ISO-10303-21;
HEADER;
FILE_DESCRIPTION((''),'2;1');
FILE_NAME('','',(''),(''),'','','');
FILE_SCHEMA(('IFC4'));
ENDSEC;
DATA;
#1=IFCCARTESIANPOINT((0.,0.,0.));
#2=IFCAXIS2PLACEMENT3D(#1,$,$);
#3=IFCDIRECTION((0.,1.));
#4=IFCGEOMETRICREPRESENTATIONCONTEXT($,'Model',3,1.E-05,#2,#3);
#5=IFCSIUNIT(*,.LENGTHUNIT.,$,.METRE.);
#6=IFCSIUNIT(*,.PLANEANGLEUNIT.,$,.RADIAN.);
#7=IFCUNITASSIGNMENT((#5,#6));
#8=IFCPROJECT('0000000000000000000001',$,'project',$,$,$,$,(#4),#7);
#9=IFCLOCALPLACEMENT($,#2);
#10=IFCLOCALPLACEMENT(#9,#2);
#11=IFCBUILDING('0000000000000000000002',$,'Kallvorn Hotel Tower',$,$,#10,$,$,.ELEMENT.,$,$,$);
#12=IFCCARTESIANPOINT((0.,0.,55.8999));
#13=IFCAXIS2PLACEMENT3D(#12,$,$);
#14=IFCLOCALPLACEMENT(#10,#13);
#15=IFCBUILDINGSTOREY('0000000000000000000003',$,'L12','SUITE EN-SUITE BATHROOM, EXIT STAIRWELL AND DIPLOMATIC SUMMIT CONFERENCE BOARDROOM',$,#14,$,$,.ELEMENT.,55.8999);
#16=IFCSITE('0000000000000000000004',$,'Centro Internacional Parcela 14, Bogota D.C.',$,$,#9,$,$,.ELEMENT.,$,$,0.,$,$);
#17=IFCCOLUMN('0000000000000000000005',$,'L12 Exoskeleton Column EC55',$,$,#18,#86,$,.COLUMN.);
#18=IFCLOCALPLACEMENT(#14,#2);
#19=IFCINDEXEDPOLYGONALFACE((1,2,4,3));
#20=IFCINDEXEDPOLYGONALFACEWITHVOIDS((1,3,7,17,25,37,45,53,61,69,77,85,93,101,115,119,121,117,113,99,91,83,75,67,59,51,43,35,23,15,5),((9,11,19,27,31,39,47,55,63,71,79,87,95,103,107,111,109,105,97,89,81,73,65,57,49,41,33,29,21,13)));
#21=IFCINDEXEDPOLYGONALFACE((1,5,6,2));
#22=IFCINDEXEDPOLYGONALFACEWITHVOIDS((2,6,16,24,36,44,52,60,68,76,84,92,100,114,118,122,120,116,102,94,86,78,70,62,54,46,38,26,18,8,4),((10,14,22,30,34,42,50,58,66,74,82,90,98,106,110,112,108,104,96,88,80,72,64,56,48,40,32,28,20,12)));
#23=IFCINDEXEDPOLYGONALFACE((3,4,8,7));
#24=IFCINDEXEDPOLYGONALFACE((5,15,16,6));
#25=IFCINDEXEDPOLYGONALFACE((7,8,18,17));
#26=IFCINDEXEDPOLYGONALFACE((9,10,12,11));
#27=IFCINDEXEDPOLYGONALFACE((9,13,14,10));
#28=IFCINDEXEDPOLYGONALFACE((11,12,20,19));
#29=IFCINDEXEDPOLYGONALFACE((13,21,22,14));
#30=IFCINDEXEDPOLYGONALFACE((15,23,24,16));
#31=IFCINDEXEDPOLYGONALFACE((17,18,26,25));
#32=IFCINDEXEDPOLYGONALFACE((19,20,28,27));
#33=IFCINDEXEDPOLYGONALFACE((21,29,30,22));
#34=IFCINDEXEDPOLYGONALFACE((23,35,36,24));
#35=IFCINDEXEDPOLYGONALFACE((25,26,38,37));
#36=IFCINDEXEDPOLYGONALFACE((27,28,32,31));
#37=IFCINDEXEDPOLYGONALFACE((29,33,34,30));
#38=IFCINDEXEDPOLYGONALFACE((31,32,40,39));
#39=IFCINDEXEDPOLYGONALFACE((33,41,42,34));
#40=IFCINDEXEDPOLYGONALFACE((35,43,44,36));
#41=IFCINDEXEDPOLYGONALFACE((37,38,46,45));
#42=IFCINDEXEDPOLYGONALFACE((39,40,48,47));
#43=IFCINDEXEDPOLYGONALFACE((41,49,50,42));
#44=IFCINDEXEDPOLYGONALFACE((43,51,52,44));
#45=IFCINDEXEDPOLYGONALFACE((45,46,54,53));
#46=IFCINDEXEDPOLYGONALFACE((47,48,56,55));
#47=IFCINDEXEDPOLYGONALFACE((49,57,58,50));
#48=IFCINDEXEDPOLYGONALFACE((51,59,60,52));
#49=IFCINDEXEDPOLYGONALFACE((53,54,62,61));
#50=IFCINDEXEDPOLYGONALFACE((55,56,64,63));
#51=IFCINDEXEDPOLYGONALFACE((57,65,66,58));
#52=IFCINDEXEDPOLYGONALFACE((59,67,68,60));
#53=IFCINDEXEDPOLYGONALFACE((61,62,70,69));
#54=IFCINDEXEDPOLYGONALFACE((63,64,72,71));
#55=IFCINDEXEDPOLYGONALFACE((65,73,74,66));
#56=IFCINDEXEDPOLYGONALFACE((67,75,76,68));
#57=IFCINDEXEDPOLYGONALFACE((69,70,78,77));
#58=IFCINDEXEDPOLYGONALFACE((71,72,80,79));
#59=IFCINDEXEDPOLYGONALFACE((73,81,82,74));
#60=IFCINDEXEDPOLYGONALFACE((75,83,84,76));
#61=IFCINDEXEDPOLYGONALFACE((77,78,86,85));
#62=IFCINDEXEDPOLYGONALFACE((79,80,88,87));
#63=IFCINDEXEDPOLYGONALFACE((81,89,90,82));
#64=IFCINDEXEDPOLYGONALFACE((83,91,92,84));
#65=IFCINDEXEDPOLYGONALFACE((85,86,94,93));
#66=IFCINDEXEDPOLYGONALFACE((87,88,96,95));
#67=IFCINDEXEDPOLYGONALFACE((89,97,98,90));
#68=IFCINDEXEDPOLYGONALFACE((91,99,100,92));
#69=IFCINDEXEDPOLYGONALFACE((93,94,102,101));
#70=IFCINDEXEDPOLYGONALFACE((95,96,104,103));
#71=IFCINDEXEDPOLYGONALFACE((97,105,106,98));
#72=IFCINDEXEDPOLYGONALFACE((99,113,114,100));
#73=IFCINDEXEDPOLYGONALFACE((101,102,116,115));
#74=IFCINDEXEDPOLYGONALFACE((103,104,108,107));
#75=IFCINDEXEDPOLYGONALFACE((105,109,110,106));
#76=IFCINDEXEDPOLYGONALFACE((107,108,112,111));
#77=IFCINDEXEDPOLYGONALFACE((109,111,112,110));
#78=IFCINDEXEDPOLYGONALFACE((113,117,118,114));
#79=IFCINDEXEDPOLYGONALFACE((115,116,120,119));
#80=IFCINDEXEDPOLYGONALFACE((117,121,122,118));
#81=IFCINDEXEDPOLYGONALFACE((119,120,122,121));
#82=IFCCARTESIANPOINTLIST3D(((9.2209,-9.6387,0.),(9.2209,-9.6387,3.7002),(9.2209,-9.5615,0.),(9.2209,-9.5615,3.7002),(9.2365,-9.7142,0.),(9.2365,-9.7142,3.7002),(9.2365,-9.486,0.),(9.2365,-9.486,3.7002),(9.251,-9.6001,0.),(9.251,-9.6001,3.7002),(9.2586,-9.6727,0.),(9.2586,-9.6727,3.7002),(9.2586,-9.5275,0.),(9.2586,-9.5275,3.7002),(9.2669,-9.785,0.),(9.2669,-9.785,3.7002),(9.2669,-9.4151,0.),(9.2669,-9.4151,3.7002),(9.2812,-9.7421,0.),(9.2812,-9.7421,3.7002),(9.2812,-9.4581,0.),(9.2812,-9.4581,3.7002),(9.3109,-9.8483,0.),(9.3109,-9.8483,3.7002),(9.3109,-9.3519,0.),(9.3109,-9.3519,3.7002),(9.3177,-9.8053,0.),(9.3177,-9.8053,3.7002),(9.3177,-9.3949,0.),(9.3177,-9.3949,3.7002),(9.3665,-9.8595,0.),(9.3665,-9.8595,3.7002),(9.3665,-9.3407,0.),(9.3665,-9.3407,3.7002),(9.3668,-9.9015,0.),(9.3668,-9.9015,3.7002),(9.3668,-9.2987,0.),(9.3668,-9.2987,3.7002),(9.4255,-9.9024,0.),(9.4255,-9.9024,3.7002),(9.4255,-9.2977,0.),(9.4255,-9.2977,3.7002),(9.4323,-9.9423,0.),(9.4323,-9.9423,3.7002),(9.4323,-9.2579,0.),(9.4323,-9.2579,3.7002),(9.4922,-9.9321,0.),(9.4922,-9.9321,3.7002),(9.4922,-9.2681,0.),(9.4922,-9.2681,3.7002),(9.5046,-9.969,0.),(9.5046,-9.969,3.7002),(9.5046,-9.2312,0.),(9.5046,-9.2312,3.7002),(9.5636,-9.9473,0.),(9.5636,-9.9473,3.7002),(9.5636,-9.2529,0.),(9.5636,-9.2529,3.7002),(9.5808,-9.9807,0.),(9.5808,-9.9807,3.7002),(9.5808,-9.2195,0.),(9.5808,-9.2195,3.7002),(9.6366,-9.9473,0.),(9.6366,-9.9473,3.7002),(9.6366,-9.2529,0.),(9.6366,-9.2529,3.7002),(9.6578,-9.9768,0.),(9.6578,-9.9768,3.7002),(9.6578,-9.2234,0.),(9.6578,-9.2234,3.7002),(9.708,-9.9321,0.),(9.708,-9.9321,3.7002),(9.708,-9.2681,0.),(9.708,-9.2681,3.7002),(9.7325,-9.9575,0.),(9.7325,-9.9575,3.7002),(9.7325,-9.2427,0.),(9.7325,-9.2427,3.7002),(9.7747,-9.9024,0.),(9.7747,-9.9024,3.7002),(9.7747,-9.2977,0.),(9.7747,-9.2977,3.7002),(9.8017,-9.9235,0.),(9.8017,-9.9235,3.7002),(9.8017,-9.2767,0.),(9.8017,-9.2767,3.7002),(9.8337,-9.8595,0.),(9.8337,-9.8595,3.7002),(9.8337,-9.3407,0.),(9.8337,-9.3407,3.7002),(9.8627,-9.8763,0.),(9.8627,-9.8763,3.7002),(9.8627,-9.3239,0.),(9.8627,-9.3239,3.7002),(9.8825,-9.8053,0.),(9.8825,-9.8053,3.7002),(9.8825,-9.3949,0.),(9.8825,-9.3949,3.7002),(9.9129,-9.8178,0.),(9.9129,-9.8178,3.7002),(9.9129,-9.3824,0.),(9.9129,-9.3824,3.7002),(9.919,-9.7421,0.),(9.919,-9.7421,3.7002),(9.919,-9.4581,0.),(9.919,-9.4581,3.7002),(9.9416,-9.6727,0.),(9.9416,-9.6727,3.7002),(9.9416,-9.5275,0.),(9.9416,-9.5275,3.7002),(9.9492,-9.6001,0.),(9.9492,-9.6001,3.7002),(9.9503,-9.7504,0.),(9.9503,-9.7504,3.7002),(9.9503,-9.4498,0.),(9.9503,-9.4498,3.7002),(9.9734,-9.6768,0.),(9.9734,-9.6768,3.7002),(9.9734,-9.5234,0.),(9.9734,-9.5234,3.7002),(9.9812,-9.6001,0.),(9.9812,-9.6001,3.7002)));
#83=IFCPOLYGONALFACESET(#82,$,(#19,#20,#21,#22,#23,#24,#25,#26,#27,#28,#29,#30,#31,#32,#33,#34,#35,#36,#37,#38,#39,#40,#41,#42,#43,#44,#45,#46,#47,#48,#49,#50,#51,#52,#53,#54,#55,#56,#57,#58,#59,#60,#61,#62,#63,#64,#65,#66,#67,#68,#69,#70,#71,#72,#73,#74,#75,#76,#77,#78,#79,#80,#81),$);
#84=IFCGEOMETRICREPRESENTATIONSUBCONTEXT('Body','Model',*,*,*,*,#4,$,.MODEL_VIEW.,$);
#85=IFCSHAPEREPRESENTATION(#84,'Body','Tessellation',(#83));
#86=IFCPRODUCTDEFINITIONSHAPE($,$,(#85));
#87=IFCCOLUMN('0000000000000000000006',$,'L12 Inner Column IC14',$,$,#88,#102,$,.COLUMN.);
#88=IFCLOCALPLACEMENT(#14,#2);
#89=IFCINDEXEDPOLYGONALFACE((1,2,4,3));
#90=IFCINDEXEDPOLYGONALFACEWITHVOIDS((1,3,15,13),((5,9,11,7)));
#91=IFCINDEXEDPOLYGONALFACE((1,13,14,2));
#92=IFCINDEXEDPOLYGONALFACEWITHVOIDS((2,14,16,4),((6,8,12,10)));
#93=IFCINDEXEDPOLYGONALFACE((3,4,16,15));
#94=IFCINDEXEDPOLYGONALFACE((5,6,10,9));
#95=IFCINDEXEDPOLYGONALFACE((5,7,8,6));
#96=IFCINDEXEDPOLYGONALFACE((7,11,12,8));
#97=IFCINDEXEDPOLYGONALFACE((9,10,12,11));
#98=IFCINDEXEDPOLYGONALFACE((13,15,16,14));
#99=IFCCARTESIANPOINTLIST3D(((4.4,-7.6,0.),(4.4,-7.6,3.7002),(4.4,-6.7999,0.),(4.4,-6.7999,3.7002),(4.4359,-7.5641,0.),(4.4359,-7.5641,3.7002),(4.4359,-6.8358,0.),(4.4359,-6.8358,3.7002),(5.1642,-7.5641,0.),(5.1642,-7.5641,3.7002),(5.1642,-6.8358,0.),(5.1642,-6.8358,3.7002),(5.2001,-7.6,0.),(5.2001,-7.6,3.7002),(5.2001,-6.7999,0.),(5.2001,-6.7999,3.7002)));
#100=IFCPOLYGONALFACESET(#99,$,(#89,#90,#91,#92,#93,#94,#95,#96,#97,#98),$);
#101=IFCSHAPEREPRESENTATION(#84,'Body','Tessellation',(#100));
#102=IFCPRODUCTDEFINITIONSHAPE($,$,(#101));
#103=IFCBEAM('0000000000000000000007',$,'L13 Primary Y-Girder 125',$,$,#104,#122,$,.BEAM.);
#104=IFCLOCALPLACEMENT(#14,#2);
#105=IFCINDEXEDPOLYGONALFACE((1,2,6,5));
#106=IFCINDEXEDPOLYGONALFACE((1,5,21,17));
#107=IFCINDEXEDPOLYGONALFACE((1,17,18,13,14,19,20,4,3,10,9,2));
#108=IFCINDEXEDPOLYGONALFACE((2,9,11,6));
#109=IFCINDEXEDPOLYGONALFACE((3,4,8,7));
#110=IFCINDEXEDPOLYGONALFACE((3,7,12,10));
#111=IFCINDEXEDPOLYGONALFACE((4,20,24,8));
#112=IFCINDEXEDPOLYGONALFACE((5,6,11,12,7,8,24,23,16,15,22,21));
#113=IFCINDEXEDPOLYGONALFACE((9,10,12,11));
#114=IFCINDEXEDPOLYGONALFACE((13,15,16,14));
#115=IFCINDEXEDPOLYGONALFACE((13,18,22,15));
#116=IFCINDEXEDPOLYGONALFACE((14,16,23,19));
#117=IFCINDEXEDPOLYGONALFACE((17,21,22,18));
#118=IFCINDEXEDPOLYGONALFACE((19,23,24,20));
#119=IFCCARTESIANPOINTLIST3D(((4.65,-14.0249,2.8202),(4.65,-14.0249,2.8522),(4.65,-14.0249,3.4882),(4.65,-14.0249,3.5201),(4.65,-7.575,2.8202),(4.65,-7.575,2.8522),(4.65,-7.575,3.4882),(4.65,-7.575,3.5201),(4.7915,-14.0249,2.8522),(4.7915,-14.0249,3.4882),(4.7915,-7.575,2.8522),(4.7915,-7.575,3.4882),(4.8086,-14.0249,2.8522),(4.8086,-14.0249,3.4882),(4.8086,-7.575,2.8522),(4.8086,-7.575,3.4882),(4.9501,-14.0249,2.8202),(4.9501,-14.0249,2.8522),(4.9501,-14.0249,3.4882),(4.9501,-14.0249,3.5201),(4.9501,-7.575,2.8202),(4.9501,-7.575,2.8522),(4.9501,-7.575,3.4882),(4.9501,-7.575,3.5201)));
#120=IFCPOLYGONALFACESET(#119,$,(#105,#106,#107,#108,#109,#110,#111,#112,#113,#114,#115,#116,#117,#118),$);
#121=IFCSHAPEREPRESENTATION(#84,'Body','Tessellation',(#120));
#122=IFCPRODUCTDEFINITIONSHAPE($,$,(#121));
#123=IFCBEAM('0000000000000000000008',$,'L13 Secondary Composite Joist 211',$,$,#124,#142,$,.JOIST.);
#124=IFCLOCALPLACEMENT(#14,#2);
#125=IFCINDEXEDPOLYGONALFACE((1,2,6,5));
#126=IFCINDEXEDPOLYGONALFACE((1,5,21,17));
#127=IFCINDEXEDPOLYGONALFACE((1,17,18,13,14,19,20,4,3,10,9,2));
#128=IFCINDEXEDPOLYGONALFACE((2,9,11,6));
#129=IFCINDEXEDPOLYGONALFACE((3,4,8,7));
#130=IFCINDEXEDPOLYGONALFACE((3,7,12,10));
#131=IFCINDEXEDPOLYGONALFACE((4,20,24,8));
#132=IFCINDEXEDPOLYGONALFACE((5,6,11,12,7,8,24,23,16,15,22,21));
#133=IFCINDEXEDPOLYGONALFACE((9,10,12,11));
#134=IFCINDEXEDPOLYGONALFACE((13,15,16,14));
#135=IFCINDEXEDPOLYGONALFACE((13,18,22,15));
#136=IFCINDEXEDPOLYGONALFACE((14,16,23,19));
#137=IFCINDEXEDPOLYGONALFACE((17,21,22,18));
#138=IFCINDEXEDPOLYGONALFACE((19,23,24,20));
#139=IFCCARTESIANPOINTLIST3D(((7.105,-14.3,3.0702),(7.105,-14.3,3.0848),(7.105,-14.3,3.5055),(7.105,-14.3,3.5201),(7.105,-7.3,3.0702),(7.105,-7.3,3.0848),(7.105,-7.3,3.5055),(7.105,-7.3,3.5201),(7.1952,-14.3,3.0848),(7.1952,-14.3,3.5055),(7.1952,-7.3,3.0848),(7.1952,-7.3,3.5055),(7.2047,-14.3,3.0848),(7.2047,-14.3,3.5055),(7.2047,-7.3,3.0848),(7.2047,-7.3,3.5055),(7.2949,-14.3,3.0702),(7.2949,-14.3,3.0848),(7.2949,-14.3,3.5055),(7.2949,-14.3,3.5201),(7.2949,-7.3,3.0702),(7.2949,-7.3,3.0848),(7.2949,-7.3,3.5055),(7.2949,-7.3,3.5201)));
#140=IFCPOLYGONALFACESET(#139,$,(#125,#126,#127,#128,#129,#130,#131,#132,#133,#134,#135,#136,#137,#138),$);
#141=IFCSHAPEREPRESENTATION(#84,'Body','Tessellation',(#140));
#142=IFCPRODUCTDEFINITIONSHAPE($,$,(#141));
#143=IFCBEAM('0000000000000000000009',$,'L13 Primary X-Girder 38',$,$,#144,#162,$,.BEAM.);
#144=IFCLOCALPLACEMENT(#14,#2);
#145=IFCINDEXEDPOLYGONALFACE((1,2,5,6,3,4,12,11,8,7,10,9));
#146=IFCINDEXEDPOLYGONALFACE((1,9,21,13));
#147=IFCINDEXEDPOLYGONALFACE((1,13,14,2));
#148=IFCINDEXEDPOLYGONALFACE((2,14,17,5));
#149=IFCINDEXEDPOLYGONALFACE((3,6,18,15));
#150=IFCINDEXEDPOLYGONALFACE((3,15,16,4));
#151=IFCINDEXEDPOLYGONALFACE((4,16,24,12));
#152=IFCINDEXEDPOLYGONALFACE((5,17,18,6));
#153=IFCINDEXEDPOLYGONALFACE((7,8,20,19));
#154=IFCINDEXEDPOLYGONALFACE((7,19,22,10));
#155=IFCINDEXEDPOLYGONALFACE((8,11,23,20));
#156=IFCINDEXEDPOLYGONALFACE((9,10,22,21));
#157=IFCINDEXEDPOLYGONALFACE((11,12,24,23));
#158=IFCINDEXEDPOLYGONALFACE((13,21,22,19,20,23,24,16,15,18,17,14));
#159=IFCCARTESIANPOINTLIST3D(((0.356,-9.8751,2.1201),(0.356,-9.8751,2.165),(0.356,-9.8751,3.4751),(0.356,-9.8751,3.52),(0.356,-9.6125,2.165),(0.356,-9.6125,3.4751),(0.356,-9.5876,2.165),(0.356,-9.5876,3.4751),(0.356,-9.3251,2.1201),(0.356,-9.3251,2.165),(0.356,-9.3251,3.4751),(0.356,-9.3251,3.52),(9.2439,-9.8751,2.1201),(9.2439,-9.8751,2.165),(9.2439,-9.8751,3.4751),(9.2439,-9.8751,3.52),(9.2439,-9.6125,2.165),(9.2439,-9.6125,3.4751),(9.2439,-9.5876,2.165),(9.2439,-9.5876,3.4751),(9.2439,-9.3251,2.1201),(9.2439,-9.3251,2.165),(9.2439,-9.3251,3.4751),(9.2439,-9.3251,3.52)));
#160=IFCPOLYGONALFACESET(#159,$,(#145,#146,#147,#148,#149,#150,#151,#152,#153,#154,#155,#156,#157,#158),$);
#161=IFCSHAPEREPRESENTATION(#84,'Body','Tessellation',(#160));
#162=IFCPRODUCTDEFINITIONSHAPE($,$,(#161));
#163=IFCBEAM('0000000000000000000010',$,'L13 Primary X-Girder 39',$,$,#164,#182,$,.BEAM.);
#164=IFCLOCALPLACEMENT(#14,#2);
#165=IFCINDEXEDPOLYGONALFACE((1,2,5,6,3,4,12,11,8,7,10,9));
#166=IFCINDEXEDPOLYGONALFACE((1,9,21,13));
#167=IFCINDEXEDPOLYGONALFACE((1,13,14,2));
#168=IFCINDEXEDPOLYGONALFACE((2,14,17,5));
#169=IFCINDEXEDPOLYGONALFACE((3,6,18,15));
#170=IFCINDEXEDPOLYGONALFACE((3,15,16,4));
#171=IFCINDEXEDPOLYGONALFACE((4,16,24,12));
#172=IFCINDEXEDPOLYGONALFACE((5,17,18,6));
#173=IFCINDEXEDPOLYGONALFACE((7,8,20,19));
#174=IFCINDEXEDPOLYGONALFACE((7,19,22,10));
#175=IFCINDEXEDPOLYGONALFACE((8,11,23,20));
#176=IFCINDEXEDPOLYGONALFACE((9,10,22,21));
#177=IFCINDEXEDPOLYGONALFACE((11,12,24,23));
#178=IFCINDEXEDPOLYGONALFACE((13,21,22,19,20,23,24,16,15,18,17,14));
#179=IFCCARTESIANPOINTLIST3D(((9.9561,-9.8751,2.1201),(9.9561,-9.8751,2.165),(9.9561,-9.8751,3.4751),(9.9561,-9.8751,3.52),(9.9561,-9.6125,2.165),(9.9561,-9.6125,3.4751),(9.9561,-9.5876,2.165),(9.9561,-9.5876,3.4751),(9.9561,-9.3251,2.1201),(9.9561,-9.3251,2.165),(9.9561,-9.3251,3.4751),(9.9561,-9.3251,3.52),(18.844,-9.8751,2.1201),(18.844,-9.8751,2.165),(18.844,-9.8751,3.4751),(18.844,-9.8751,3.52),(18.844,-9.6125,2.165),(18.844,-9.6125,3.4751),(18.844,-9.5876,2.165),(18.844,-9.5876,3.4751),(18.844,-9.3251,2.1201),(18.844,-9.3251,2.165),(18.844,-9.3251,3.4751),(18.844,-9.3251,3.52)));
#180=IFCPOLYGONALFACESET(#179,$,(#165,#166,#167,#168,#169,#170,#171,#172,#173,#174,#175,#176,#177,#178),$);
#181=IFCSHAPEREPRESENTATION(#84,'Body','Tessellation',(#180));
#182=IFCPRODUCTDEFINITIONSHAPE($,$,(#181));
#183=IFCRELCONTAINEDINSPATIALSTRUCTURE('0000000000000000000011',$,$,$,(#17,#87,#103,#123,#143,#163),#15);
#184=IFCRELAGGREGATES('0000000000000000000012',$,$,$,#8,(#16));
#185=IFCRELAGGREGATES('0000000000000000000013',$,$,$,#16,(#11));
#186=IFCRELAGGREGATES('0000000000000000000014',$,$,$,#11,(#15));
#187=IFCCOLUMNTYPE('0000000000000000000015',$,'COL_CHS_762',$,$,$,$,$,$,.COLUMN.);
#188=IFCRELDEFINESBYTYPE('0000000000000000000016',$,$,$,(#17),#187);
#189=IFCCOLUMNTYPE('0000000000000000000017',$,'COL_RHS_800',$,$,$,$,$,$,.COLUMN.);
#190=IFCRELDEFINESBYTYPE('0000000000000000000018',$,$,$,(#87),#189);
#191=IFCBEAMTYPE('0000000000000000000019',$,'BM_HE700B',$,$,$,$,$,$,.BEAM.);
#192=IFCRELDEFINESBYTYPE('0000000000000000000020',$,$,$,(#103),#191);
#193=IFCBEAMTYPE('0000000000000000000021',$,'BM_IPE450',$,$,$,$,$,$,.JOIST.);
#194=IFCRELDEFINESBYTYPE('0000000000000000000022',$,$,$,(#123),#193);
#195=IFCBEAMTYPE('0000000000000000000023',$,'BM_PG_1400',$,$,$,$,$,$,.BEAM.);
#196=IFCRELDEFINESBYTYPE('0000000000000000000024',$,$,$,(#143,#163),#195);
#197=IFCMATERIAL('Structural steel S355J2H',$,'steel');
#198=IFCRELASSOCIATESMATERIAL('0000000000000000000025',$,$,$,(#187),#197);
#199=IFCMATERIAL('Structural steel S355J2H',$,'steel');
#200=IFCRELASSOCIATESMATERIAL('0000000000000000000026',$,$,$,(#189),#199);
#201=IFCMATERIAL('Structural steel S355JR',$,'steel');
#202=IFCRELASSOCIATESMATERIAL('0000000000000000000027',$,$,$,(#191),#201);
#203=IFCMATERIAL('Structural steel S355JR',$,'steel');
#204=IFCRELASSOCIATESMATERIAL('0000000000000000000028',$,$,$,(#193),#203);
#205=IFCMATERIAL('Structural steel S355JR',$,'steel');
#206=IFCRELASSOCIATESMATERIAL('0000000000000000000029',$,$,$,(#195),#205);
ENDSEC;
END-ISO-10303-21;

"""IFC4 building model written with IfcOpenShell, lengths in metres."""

from ifc_helpers import new_model, si_unit, direction, frame, origin, origin_2d, place, context, subcontext, project, spatial, hollow_rectangle, hollow_circle, i_section, extrude, material, material_profile, profile_set, type_object, element, save


model = new_model("IFC4")

# Units and contexts
model_context = context("Model", 3, precision=1e-05, world=origin(), true_north=direction((0.0, 1.0)))
body_context = subcontext(model_context, "Body", "Model", "MODEL_VIEW")
ifc_project = project(units=[si_unit("LENGTHUNIT", "METRE"), si_unit("PLANEANGLEUNIT", "RADIAN")], contexts=[model_context])

# Site, building, storey
site_placement = place(None, origin())
site = spatial("IfcSite", under=ifc_project, at=site_placement, Name="Centro Internacional Parcela 14, Bogota D.C.", CompositionType="ELEMENT", RefElevation=0.0)
building_placement = place(site_placement, origin())
building = spatial("IfcBuilding", under=site, at=building_placement, Name="Kallvorn Hotel Tower", CompositionType="ELEMENT")
storey_placement = place(building_placement, frame((0.0, 0.0, 55.8999)))
storey = spatial("IfcBuildingStorey", under=building, at=storey_placement, Name="L12", Description="SUITE EN-SUITE BATHROOM, EXIT STAIRWELL AND DIPLOMATIC SUMMIT CONFERENCE BOARDROOM", CompositionType="ELEMENT", Elevation=55.8999)

# Columns
ifc_material_1 = material(Name="Structural steel S355J2H", Category="steel")
ifc_material_profile_1 = material_profile(ifc_material_1, hollow_circle(Radius=0.3811, WallThickness=0.032, at=origin_2d()), Name="CHS 762x32")
ifc_profile_set_1 = profile_set([ifc_material_profile_1], Name="Structural steel S355J2H")
column_type_1 = type_object("IfcColumnType", Name="COL_CHS_762", PredefinedType="COLUMN", material=ifc_profile_set_1)
column_1_placement = place(storey_placement, frame((9.6001, -9.6001, 0.0), z_axis=(0.0, 0.0, 1.0), x_axis=(1.0, 0.0, 0.0)))
element("IfcColumn", 1, at=column_1_placement, inside=storey, type_object=column_type_1, Name="L12 Exoskeleton Column EC55", PredefinedType="COLUMN", context=body_context, shape_type="SweptSolid", body=[
    extrude(hollow_circle(Radius=0.3811, WallThickness=0.032, at=origin_2d()), origin(), (0.0, 0.0, 1.0), 3.7002),
])
ifc_material_2 = material(Name="Structural steel S355J2H", Category="steel")
ifc_material_profile_2 = material_profile(ifc_material_2, hollow_rectangle(XDim=0.8, YDim=0.8, WallThickness=0.0359, at=origin_2d()), Name="RHS 800x800x36")
ifc_profile_set_2 = profile_set([ifc_material_profile_2], Name="Structural steel S355J2H")
column_type_2 = type_object("IfcColumnType", Name="COL_RHS_800", PredefinedType="COLUMN", material=ifc_profile_set_2)
column_2_placement = place(storey_placement, frame((4.8, -7.2, 0.0), z_axis=(0.0, 0.0, 1.0), x_axis=(1.0, 0.0, 0.0)))
element("IfcColumn", 2, at=column_2_placement, inside=storey, type_object=column_type_2, Name="L12 Inner Column IC14", PredefinedType="COLUMN", context=body_context, shape_type="SweptSolid", body=[
    extrude(hollow_rectangle(XDim=0.8, YDim=0.8, WallThickness=0.0359, at=origin_2d()), origin(), (0.0, 0.0, 1.0), 3.7002),
])

# Beams
ifc_material_3 = material(Name="Structural steel S355JR", Category="steel")
ifc_material_profile_3 = material_profile(ifc_material_3, i_section(OverallWidth=0.3, OverallDepth=0.7, WebThickness=0.0171, FlangeThickness=0.032, at=origin_2d()), Name="HE 700 B")
ifc_profile_set_3 = profile_set([ifc_material_profile_3], Name="Structural steel S355JR")
beam_type_1 = type_object("IfcBeamType", Name="BM_HE700B", PredefinedType="BEAM", material=ifc_profile_set_3)
beam_1_placement = place(storey_placement, frame((4.8, -14.0249, 3.1702), z_axis=(0.0, 1.0, 0.0), x_axis=(-1.0, 0.0, 0.0)))
element("IfcBeam", 3, at=beam_1_placement, inside=storey, type_object=beam_type_1, Name="L13 Primary Y-Girder 125", PredefinedType="BEAM", context=body_context, shape_type="SweptSolid", body=[
    extrude(i_section(OverallWidth=0.3, OverallDepth=0.7, WebThickness=0.0171, FlangeThickness=0.032, at=origin_2d()), origin(), (0.0, 0.0, 1.0), 6.45),
])
ifc_material_4 = material(Name="Structural steel S355JR", Category="steel")
ifc_material_profile_4 = material_profile(ifc_material_4, i_section(OverallWidth=0.1899, OverallDepth=0.45, WebThickness=0.0095, FlangeThickness=0.0146, at=origin_2d()), Name="IPE 450")
ifc_profile_set_4 = profile_set([ifc_material_profile_4], Name="Structural steel S355JR")
beam_type_2 = type_object("IfcBeamType", Name="BM_IPE450", PredefinedType="JOIST", material=ifc_profile_set_4)
beam_2_placement = place(storey_placement, frame((7.2, -14.3, 3.2952), z_axis=(0.0, 1.0, 0.0), x_axis=(-1.0, 0.0, 0.0)))
element("IfcBeam", 4, at=beam_2_placement, inside=storey, type_object=beam_type_2, Name="L13 Secondary Composite Joist 211", PredefinedType="JOIST", context=body_context, shape_type="SweptSolid", body=[
    extrude(i_section(OverallWidth=0.1899, OverallDepth=0.45, WebThickness=0.0095, FlangeThickness=0.0146, at=origin_2d()), origin(), (0.0, 0.0, 1.0), 7.0),
])
ifc_material_5 = material(Name="Structural steel S355JR", Category="steel")
ifc_material_profile_5 = material_profile(ifc_material_5, i_section(OverallWidth=0.55, OverallDepth=1.3999, WebThickness=0.0249, FlangeThickness=0.0449, at=origin_2d()), Name="PG 1400x550x25x45")
ifc_profile_set_5 = profile_set([ifc_material_profile_5], Name="Structural steel S355JR")
beam_type_3 = type_object("IfcBeamType", Name="BM_PG_1400", PredefinedType="BEAM", material=ifc_profile_set_5)
for number, where, z_axis, x_axis, name in (
    (5, (0.356, -9.6001, 2.8201), (1.0, 0.0, 0.0), (0.0, 1.0, 0.0), "L13 Primary X-Girder 38"),
    (6, (9.9561, -9.6001, 2.8201), (1.0, 0.0, 0.0), (0.0, 1.0, 0.0), "L13 Primary X-Girder 39"),
):
    element("IfcBeam", number, at=place(storey_placement, frame(where, z_axis=z_axis, x_axis=x_axis)), inside=storey, type_object=beam_type_3, Name=name, PredefinedType="BEAM", context=body_context, shape_type="SweptSolid", body=[
        extrude(i_section(OverallWidth=0.55, OverallDepth=1.3999, WebThickness=0.0249, FlangeThickness=0.0449, at=origin_2d()), origin(), (0.0, 0.0, 1.0), 8.8879),
    ])

save(model, "model.ifc")
